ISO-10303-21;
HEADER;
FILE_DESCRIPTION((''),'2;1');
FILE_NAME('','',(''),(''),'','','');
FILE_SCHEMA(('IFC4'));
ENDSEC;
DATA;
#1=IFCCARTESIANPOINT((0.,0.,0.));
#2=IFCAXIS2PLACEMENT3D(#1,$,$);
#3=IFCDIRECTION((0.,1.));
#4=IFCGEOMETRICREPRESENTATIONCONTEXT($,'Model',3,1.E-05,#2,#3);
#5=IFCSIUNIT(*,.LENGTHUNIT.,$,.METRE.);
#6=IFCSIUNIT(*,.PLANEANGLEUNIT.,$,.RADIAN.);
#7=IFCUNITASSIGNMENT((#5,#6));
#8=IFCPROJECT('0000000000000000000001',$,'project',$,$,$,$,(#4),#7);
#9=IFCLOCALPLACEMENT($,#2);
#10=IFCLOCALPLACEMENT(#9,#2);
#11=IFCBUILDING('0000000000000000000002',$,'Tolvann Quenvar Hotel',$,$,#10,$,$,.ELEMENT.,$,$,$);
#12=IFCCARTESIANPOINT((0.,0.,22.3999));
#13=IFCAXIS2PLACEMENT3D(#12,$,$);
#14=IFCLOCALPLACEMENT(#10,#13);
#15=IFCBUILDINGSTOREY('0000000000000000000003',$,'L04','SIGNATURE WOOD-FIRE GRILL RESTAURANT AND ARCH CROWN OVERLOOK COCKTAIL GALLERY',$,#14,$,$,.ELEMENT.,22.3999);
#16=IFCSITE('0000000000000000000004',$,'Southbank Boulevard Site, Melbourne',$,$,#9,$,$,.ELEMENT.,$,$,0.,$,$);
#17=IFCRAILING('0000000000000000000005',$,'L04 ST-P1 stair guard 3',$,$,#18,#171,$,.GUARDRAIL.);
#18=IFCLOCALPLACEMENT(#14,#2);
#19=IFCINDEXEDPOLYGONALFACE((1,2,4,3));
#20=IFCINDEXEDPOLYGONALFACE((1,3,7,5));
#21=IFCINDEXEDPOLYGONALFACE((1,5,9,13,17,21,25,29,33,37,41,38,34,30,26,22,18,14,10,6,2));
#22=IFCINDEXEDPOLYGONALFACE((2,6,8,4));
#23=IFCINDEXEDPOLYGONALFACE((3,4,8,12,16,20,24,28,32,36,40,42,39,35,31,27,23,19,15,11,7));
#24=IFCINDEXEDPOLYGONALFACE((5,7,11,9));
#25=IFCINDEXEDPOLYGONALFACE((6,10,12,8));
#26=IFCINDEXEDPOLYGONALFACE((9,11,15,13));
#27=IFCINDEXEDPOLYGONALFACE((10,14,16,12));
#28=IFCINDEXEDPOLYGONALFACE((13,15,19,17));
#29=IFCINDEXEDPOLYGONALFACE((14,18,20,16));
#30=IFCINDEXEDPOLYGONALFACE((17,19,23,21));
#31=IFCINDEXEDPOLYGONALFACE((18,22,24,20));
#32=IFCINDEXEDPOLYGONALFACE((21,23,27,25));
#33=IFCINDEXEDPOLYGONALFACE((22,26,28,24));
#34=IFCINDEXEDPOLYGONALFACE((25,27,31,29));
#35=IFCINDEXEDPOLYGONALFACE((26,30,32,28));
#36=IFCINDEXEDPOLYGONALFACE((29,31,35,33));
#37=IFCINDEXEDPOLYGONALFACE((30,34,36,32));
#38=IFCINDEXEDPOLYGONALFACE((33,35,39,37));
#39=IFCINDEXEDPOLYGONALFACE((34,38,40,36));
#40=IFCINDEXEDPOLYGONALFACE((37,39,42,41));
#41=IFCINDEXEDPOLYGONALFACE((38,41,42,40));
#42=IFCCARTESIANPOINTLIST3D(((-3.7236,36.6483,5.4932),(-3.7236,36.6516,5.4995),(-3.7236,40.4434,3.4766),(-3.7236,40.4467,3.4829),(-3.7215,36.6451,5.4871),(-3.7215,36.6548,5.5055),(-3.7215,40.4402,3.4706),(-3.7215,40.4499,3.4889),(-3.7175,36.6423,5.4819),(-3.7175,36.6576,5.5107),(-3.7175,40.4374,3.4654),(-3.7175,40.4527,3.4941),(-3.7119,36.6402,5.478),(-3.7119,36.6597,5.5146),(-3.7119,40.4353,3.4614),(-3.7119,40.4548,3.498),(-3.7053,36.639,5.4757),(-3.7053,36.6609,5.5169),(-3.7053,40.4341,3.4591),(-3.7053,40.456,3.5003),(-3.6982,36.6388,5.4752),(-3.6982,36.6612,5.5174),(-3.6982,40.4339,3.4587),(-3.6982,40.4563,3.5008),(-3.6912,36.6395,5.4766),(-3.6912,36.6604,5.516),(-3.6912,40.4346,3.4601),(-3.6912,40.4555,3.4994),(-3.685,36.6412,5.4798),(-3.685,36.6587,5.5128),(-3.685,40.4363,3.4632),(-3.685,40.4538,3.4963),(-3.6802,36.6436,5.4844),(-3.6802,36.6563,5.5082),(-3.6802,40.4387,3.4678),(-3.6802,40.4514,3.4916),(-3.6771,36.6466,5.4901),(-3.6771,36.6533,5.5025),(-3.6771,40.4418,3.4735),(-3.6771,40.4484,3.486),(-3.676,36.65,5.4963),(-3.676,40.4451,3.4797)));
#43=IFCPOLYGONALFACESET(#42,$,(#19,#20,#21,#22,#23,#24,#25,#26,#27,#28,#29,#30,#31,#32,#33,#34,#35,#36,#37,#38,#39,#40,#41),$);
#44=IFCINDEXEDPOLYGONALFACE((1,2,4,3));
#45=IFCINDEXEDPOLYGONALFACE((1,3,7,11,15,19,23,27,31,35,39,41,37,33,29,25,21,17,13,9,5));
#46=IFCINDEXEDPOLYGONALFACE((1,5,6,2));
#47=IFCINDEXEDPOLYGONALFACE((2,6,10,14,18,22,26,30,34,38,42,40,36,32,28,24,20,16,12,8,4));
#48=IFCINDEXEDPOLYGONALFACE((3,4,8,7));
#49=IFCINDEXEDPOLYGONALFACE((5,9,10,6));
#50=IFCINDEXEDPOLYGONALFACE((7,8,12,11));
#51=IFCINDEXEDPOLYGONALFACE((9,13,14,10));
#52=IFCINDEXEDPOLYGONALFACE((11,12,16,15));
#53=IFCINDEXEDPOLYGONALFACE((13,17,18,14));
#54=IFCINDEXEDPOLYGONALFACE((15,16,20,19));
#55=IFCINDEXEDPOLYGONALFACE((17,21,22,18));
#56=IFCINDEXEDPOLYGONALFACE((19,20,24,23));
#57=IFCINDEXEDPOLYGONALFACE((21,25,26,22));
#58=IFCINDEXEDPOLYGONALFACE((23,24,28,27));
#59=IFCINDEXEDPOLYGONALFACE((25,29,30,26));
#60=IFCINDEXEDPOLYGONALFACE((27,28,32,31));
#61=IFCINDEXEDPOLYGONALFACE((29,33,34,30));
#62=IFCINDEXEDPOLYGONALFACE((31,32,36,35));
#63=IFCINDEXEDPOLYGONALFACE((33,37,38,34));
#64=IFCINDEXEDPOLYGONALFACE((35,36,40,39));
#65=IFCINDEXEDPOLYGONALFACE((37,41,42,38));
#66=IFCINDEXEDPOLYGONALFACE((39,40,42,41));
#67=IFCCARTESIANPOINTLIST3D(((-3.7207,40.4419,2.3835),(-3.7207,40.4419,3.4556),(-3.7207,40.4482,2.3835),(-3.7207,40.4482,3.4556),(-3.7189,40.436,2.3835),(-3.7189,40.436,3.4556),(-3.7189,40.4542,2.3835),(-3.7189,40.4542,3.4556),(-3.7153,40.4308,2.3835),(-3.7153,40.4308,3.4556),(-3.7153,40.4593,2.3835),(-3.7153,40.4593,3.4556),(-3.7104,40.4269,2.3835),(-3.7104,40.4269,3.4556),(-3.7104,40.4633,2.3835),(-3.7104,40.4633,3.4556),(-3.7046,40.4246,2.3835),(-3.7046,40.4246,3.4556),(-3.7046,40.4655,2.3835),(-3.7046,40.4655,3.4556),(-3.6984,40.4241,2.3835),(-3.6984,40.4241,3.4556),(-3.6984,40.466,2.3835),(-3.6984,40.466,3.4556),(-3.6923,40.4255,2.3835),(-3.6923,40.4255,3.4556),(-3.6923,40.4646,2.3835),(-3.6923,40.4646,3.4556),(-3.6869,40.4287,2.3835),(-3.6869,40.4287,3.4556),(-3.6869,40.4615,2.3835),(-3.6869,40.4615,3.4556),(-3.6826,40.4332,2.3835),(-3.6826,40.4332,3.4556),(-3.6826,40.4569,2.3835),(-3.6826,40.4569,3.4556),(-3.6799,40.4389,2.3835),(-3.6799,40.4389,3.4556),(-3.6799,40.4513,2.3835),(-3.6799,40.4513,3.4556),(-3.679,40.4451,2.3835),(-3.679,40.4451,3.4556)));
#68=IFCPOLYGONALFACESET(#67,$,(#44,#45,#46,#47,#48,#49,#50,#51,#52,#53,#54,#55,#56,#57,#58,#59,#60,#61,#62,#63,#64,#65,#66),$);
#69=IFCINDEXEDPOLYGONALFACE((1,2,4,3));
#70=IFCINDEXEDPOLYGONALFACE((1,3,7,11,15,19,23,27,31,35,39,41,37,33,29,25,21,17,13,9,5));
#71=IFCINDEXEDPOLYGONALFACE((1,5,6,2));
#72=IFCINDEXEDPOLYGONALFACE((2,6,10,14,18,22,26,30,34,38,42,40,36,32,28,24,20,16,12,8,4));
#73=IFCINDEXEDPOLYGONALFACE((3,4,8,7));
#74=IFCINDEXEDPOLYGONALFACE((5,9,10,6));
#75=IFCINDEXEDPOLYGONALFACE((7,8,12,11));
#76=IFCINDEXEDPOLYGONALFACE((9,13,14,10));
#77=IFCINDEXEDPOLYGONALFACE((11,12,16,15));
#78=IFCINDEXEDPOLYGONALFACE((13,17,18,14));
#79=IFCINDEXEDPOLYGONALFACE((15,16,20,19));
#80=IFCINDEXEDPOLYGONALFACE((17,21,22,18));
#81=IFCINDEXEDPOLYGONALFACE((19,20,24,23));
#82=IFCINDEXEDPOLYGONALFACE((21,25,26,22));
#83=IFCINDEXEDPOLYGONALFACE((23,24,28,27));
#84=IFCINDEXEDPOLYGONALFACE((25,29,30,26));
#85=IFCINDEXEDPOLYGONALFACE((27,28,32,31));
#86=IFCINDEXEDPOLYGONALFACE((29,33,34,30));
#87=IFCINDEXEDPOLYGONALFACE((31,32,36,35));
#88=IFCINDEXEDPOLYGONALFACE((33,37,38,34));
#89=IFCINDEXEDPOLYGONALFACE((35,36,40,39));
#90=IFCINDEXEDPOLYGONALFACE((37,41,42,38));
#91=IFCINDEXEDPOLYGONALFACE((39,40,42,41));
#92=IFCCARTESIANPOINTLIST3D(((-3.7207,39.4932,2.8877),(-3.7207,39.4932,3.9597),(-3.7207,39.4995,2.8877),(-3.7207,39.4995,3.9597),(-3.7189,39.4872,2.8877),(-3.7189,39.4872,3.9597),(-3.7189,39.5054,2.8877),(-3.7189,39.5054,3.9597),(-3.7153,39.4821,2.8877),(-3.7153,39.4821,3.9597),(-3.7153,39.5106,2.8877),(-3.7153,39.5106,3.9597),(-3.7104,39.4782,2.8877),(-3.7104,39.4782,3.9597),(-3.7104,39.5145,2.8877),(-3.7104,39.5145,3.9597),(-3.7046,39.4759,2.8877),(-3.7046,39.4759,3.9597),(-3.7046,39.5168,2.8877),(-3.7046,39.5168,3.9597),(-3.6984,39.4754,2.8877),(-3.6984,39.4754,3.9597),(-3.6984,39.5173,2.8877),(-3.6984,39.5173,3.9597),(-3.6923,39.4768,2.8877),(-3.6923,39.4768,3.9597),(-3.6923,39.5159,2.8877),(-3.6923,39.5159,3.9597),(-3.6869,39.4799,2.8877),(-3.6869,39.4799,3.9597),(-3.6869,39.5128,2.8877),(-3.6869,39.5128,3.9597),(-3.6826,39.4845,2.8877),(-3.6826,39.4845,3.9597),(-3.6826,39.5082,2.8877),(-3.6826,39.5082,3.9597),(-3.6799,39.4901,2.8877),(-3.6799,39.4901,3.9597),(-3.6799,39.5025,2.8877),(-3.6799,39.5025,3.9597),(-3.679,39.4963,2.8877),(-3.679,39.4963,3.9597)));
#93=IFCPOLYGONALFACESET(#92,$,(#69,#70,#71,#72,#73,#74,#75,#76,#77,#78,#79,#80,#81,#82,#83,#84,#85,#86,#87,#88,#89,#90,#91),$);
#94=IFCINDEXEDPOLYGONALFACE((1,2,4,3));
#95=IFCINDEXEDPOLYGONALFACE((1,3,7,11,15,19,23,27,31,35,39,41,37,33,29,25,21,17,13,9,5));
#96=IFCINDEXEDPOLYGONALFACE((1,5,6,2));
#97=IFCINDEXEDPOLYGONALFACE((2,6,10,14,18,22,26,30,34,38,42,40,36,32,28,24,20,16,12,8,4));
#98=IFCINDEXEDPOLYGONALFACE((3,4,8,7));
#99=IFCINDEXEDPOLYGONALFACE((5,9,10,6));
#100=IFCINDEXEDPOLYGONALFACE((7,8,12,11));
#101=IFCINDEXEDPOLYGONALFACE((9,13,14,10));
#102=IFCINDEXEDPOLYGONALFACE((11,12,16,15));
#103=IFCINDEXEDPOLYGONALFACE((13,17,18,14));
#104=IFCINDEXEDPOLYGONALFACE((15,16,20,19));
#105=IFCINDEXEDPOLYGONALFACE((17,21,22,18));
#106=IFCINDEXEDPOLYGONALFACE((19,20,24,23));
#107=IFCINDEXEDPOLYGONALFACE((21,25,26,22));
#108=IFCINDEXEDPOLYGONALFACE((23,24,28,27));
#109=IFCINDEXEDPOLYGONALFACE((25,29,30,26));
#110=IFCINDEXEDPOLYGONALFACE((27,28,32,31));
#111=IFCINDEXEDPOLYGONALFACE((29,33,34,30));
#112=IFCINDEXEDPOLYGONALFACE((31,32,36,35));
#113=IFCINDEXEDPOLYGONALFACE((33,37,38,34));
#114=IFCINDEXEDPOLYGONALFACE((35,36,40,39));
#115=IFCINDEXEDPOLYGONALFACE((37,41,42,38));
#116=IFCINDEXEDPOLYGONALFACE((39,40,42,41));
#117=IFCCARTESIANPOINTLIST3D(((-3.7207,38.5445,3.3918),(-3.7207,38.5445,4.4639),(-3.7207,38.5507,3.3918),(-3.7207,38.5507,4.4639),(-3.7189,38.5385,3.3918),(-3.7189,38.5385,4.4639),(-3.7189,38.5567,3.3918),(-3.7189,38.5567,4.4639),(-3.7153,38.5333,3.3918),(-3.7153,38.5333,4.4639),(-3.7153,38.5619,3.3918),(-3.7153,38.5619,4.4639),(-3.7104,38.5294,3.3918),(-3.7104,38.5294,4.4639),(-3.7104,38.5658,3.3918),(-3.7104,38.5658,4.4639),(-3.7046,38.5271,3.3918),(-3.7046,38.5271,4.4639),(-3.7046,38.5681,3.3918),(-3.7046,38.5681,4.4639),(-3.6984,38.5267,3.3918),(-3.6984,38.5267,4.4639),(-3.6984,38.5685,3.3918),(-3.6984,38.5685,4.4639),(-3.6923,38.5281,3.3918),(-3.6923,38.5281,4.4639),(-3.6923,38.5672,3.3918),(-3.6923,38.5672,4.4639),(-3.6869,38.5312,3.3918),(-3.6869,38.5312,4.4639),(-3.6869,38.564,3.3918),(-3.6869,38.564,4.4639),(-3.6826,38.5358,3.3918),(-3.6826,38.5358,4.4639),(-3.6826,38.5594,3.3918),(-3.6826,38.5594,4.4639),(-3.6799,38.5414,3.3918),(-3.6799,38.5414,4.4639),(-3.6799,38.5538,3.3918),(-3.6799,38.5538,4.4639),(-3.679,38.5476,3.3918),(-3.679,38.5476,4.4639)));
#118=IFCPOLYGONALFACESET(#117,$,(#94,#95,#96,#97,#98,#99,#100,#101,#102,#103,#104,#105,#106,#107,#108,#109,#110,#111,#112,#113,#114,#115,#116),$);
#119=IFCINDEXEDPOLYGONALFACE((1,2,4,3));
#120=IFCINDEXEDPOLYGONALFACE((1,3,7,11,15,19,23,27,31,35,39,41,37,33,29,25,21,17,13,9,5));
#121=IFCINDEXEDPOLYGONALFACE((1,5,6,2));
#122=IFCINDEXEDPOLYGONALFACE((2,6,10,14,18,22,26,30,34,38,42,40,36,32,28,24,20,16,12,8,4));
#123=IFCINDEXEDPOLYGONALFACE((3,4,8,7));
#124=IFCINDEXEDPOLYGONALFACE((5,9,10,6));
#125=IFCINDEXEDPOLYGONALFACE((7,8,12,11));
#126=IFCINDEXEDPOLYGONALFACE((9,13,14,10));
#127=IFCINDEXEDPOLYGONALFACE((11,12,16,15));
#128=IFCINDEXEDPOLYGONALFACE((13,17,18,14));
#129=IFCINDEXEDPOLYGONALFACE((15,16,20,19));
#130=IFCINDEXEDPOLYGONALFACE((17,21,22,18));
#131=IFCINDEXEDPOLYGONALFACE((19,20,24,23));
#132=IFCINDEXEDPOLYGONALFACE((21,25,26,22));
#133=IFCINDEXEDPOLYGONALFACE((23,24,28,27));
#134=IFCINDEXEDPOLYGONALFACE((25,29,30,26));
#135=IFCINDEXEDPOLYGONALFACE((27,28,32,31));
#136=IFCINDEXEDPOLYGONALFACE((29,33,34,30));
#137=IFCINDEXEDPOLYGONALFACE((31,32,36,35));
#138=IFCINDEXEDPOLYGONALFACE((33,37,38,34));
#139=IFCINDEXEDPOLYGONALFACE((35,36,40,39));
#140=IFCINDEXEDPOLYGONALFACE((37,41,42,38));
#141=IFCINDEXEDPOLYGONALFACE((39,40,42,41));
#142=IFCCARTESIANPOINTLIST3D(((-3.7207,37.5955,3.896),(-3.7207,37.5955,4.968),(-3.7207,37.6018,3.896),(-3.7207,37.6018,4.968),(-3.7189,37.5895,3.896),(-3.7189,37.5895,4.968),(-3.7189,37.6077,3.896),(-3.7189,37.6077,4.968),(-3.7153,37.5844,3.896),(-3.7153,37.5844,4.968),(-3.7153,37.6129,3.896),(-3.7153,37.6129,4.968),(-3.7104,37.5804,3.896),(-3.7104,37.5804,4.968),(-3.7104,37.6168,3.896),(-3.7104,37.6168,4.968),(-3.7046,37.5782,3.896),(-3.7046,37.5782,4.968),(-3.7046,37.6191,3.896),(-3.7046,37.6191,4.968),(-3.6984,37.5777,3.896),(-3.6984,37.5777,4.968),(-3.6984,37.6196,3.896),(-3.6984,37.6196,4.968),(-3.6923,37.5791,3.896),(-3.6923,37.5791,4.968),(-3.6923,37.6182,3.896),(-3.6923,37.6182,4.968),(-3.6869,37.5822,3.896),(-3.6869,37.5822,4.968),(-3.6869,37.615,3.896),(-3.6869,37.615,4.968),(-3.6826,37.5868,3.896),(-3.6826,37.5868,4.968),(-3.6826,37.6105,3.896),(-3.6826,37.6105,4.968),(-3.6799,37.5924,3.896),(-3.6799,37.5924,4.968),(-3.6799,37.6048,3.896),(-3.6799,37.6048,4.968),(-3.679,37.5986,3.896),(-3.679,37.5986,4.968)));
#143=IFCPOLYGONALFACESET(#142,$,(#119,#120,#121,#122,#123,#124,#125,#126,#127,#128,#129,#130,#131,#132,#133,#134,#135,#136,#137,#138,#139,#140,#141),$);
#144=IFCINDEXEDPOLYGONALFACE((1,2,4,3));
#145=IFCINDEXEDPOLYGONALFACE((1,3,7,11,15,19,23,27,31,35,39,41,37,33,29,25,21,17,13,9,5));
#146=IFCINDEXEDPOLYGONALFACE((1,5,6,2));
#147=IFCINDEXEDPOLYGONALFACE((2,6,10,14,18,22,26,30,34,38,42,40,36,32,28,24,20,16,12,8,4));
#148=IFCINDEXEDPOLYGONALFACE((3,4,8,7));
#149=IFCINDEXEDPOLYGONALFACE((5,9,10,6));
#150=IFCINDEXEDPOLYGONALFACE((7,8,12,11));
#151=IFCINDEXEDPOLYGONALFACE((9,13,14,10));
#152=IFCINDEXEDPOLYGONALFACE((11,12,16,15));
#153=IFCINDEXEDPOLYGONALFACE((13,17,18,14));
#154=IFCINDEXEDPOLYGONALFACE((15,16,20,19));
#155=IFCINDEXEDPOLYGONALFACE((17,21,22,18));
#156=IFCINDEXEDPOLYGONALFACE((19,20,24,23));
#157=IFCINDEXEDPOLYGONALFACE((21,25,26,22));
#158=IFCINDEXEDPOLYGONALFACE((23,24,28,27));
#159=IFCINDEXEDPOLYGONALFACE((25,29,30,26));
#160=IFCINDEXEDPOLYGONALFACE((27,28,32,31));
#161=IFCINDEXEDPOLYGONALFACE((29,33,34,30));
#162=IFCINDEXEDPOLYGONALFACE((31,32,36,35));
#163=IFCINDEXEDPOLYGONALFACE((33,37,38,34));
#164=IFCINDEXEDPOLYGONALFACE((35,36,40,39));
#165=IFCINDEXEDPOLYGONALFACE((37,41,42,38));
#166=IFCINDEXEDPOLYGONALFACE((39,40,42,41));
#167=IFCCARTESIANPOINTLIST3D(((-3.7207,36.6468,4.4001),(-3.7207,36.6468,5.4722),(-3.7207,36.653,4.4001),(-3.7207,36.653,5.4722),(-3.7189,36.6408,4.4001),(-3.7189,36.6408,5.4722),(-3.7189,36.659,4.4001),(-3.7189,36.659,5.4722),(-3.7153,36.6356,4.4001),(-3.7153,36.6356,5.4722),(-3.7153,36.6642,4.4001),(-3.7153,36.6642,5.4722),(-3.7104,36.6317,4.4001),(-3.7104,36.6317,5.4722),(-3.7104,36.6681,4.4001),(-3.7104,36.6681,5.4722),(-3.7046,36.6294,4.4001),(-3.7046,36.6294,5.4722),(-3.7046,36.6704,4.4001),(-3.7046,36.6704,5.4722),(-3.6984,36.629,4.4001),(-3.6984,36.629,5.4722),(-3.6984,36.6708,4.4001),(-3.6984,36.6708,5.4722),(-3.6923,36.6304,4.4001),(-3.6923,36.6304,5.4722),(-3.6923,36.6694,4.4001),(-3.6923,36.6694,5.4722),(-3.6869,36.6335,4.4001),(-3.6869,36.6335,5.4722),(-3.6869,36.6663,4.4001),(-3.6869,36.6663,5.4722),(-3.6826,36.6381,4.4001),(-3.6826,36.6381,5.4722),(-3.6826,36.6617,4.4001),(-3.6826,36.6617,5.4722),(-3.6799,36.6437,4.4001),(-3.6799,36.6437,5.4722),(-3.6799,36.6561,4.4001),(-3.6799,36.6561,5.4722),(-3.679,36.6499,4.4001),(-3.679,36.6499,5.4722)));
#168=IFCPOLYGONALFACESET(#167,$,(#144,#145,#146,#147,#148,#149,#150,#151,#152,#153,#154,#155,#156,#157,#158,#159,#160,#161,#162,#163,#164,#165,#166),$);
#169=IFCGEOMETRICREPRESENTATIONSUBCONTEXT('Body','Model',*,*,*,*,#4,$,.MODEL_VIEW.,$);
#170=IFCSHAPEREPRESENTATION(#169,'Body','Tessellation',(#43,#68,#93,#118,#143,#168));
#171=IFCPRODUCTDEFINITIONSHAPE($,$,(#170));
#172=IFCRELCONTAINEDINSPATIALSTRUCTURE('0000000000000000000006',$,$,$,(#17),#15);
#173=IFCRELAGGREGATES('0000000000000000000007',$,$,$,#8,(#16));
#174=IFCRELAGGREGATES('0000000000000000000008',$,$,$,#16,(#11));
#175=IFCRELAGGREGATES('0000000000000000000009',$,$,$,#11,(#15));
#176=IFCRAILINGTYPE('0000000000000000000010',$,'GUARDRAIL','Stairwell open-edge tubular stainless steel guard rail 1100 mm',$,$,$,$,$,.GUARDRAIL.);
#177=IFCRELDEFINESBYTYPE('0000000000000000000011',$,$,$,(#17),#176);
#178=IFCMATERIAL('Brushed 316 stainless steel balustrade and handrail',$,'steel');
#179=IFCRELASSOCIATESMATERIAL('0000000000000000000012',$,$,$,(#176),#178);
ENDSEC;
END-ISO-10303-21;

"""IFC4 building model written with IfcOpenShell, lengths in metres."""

from ifc_helpers import new_model, si_unit, direction, frame, origin, origin_2d, place, context, subcontext, project, spatial, circle, extrude, material, type_object, element, save


model = new_model("IFC4")

# Units and contexts
model_context = context("Model", 3, precision=1e-05, world=origin(), true_north=direction((0.0, 1.0)))
body_context = subcontext(model_context, "Body", "Model", "MODEL_VIEW")
ifc_project = project(units=[si_unit("LENGTHUNIT", "METRE"), si_unit("PLANEANGLEUNIT", "RADIAN")], contexts=[model_context])

# Site, building, storey
site_placement = place(None, origin())
site = spatial("IfcSite", under=ifc_project, at=site_placement, Name="Southbank Boulevard Site, Melbourne", CompositionType="ELEMENT", RefElevation=0.0)
building_placement = place(site_placement, origin())
building = spatial("IfcBuilding", under=site, at=building_placement, Name="Tolvann Quenvar Hotel", CompositionType="ELEMENT")
storey_placement = place(building_placement, frame((0.0, 0.0, 22.3999)))
storey = spatial("IfcBuildingStorey", under=building, at=storey_placement, Name="L04", Description="SIGNATURE WOOD-FIRE GRILL RESTAURANT AND ARCH CROWN OVERLOOK COCKTAIL GALLERY", CompositionType="ELEMENT", Elevation=22.3999)

# Railing
ifc_material_1 = material(Name="Brushed 316 stainless steel balustrade and handrail", Category="steel")
railing_type_1 = type_object("IfcRailingType", Name="GUARDRAIL", Description="Stairwell open-edge tubular stainless steel guard rail 1100 mm", PredefinedType="GUARDRAIL", material=ifc_material_1)
railing_1_placement = place(storey_placement, frame((-3.7, 40.4451, 2.3835)))
element("IfcRailing", 1, at=railing_1_placement, inside=storey, type_object=railing_type_1, Name="L04 ST-P1 stair guard 3", PredefinedType="GUARDRAIL", context=body_context, shape_type="SweptSolid", body=[
    extrude(circle(Radius=0.0239, at=origin_2d()), frame((0.0, 0.0, 1.0962), z_axis=(0.0, -0.883075, 0.469231), x_axis=(1.0, 0.0, 0.0)), (0.0, 0.0, 1.0), 4.2976),
    extrude(circle(Radius=0.021, at=origin_2d()), origin(), (0.0, 0.0, 1.0), 1.072),
    extrude(circle(Radius=0.021, at=origin_2d()), frame((0.0, -0.9487, 0.5042)), (0.0, 0.0, 1.0), 1.072),
    extrude(circle(Radius=0.021, at=origin_2d()), frame((0.0, -1.8975, 1.0083)), (0.0, 0.0, 1.0), 1.072),
    extrude(circle(Radius=0.021, at=origin_2d()), frame((0.0, -2.8464, 1.5125)), (0.0, 0.0, 1.0), 1.072),
    extrude(circle(Radius=0.021, at=origin_2d()), frame((0.0, -3.7952, 2.0166)), (0.0, 0.0, 1.0), 1.072),
])

save(model, "model.ifc")
